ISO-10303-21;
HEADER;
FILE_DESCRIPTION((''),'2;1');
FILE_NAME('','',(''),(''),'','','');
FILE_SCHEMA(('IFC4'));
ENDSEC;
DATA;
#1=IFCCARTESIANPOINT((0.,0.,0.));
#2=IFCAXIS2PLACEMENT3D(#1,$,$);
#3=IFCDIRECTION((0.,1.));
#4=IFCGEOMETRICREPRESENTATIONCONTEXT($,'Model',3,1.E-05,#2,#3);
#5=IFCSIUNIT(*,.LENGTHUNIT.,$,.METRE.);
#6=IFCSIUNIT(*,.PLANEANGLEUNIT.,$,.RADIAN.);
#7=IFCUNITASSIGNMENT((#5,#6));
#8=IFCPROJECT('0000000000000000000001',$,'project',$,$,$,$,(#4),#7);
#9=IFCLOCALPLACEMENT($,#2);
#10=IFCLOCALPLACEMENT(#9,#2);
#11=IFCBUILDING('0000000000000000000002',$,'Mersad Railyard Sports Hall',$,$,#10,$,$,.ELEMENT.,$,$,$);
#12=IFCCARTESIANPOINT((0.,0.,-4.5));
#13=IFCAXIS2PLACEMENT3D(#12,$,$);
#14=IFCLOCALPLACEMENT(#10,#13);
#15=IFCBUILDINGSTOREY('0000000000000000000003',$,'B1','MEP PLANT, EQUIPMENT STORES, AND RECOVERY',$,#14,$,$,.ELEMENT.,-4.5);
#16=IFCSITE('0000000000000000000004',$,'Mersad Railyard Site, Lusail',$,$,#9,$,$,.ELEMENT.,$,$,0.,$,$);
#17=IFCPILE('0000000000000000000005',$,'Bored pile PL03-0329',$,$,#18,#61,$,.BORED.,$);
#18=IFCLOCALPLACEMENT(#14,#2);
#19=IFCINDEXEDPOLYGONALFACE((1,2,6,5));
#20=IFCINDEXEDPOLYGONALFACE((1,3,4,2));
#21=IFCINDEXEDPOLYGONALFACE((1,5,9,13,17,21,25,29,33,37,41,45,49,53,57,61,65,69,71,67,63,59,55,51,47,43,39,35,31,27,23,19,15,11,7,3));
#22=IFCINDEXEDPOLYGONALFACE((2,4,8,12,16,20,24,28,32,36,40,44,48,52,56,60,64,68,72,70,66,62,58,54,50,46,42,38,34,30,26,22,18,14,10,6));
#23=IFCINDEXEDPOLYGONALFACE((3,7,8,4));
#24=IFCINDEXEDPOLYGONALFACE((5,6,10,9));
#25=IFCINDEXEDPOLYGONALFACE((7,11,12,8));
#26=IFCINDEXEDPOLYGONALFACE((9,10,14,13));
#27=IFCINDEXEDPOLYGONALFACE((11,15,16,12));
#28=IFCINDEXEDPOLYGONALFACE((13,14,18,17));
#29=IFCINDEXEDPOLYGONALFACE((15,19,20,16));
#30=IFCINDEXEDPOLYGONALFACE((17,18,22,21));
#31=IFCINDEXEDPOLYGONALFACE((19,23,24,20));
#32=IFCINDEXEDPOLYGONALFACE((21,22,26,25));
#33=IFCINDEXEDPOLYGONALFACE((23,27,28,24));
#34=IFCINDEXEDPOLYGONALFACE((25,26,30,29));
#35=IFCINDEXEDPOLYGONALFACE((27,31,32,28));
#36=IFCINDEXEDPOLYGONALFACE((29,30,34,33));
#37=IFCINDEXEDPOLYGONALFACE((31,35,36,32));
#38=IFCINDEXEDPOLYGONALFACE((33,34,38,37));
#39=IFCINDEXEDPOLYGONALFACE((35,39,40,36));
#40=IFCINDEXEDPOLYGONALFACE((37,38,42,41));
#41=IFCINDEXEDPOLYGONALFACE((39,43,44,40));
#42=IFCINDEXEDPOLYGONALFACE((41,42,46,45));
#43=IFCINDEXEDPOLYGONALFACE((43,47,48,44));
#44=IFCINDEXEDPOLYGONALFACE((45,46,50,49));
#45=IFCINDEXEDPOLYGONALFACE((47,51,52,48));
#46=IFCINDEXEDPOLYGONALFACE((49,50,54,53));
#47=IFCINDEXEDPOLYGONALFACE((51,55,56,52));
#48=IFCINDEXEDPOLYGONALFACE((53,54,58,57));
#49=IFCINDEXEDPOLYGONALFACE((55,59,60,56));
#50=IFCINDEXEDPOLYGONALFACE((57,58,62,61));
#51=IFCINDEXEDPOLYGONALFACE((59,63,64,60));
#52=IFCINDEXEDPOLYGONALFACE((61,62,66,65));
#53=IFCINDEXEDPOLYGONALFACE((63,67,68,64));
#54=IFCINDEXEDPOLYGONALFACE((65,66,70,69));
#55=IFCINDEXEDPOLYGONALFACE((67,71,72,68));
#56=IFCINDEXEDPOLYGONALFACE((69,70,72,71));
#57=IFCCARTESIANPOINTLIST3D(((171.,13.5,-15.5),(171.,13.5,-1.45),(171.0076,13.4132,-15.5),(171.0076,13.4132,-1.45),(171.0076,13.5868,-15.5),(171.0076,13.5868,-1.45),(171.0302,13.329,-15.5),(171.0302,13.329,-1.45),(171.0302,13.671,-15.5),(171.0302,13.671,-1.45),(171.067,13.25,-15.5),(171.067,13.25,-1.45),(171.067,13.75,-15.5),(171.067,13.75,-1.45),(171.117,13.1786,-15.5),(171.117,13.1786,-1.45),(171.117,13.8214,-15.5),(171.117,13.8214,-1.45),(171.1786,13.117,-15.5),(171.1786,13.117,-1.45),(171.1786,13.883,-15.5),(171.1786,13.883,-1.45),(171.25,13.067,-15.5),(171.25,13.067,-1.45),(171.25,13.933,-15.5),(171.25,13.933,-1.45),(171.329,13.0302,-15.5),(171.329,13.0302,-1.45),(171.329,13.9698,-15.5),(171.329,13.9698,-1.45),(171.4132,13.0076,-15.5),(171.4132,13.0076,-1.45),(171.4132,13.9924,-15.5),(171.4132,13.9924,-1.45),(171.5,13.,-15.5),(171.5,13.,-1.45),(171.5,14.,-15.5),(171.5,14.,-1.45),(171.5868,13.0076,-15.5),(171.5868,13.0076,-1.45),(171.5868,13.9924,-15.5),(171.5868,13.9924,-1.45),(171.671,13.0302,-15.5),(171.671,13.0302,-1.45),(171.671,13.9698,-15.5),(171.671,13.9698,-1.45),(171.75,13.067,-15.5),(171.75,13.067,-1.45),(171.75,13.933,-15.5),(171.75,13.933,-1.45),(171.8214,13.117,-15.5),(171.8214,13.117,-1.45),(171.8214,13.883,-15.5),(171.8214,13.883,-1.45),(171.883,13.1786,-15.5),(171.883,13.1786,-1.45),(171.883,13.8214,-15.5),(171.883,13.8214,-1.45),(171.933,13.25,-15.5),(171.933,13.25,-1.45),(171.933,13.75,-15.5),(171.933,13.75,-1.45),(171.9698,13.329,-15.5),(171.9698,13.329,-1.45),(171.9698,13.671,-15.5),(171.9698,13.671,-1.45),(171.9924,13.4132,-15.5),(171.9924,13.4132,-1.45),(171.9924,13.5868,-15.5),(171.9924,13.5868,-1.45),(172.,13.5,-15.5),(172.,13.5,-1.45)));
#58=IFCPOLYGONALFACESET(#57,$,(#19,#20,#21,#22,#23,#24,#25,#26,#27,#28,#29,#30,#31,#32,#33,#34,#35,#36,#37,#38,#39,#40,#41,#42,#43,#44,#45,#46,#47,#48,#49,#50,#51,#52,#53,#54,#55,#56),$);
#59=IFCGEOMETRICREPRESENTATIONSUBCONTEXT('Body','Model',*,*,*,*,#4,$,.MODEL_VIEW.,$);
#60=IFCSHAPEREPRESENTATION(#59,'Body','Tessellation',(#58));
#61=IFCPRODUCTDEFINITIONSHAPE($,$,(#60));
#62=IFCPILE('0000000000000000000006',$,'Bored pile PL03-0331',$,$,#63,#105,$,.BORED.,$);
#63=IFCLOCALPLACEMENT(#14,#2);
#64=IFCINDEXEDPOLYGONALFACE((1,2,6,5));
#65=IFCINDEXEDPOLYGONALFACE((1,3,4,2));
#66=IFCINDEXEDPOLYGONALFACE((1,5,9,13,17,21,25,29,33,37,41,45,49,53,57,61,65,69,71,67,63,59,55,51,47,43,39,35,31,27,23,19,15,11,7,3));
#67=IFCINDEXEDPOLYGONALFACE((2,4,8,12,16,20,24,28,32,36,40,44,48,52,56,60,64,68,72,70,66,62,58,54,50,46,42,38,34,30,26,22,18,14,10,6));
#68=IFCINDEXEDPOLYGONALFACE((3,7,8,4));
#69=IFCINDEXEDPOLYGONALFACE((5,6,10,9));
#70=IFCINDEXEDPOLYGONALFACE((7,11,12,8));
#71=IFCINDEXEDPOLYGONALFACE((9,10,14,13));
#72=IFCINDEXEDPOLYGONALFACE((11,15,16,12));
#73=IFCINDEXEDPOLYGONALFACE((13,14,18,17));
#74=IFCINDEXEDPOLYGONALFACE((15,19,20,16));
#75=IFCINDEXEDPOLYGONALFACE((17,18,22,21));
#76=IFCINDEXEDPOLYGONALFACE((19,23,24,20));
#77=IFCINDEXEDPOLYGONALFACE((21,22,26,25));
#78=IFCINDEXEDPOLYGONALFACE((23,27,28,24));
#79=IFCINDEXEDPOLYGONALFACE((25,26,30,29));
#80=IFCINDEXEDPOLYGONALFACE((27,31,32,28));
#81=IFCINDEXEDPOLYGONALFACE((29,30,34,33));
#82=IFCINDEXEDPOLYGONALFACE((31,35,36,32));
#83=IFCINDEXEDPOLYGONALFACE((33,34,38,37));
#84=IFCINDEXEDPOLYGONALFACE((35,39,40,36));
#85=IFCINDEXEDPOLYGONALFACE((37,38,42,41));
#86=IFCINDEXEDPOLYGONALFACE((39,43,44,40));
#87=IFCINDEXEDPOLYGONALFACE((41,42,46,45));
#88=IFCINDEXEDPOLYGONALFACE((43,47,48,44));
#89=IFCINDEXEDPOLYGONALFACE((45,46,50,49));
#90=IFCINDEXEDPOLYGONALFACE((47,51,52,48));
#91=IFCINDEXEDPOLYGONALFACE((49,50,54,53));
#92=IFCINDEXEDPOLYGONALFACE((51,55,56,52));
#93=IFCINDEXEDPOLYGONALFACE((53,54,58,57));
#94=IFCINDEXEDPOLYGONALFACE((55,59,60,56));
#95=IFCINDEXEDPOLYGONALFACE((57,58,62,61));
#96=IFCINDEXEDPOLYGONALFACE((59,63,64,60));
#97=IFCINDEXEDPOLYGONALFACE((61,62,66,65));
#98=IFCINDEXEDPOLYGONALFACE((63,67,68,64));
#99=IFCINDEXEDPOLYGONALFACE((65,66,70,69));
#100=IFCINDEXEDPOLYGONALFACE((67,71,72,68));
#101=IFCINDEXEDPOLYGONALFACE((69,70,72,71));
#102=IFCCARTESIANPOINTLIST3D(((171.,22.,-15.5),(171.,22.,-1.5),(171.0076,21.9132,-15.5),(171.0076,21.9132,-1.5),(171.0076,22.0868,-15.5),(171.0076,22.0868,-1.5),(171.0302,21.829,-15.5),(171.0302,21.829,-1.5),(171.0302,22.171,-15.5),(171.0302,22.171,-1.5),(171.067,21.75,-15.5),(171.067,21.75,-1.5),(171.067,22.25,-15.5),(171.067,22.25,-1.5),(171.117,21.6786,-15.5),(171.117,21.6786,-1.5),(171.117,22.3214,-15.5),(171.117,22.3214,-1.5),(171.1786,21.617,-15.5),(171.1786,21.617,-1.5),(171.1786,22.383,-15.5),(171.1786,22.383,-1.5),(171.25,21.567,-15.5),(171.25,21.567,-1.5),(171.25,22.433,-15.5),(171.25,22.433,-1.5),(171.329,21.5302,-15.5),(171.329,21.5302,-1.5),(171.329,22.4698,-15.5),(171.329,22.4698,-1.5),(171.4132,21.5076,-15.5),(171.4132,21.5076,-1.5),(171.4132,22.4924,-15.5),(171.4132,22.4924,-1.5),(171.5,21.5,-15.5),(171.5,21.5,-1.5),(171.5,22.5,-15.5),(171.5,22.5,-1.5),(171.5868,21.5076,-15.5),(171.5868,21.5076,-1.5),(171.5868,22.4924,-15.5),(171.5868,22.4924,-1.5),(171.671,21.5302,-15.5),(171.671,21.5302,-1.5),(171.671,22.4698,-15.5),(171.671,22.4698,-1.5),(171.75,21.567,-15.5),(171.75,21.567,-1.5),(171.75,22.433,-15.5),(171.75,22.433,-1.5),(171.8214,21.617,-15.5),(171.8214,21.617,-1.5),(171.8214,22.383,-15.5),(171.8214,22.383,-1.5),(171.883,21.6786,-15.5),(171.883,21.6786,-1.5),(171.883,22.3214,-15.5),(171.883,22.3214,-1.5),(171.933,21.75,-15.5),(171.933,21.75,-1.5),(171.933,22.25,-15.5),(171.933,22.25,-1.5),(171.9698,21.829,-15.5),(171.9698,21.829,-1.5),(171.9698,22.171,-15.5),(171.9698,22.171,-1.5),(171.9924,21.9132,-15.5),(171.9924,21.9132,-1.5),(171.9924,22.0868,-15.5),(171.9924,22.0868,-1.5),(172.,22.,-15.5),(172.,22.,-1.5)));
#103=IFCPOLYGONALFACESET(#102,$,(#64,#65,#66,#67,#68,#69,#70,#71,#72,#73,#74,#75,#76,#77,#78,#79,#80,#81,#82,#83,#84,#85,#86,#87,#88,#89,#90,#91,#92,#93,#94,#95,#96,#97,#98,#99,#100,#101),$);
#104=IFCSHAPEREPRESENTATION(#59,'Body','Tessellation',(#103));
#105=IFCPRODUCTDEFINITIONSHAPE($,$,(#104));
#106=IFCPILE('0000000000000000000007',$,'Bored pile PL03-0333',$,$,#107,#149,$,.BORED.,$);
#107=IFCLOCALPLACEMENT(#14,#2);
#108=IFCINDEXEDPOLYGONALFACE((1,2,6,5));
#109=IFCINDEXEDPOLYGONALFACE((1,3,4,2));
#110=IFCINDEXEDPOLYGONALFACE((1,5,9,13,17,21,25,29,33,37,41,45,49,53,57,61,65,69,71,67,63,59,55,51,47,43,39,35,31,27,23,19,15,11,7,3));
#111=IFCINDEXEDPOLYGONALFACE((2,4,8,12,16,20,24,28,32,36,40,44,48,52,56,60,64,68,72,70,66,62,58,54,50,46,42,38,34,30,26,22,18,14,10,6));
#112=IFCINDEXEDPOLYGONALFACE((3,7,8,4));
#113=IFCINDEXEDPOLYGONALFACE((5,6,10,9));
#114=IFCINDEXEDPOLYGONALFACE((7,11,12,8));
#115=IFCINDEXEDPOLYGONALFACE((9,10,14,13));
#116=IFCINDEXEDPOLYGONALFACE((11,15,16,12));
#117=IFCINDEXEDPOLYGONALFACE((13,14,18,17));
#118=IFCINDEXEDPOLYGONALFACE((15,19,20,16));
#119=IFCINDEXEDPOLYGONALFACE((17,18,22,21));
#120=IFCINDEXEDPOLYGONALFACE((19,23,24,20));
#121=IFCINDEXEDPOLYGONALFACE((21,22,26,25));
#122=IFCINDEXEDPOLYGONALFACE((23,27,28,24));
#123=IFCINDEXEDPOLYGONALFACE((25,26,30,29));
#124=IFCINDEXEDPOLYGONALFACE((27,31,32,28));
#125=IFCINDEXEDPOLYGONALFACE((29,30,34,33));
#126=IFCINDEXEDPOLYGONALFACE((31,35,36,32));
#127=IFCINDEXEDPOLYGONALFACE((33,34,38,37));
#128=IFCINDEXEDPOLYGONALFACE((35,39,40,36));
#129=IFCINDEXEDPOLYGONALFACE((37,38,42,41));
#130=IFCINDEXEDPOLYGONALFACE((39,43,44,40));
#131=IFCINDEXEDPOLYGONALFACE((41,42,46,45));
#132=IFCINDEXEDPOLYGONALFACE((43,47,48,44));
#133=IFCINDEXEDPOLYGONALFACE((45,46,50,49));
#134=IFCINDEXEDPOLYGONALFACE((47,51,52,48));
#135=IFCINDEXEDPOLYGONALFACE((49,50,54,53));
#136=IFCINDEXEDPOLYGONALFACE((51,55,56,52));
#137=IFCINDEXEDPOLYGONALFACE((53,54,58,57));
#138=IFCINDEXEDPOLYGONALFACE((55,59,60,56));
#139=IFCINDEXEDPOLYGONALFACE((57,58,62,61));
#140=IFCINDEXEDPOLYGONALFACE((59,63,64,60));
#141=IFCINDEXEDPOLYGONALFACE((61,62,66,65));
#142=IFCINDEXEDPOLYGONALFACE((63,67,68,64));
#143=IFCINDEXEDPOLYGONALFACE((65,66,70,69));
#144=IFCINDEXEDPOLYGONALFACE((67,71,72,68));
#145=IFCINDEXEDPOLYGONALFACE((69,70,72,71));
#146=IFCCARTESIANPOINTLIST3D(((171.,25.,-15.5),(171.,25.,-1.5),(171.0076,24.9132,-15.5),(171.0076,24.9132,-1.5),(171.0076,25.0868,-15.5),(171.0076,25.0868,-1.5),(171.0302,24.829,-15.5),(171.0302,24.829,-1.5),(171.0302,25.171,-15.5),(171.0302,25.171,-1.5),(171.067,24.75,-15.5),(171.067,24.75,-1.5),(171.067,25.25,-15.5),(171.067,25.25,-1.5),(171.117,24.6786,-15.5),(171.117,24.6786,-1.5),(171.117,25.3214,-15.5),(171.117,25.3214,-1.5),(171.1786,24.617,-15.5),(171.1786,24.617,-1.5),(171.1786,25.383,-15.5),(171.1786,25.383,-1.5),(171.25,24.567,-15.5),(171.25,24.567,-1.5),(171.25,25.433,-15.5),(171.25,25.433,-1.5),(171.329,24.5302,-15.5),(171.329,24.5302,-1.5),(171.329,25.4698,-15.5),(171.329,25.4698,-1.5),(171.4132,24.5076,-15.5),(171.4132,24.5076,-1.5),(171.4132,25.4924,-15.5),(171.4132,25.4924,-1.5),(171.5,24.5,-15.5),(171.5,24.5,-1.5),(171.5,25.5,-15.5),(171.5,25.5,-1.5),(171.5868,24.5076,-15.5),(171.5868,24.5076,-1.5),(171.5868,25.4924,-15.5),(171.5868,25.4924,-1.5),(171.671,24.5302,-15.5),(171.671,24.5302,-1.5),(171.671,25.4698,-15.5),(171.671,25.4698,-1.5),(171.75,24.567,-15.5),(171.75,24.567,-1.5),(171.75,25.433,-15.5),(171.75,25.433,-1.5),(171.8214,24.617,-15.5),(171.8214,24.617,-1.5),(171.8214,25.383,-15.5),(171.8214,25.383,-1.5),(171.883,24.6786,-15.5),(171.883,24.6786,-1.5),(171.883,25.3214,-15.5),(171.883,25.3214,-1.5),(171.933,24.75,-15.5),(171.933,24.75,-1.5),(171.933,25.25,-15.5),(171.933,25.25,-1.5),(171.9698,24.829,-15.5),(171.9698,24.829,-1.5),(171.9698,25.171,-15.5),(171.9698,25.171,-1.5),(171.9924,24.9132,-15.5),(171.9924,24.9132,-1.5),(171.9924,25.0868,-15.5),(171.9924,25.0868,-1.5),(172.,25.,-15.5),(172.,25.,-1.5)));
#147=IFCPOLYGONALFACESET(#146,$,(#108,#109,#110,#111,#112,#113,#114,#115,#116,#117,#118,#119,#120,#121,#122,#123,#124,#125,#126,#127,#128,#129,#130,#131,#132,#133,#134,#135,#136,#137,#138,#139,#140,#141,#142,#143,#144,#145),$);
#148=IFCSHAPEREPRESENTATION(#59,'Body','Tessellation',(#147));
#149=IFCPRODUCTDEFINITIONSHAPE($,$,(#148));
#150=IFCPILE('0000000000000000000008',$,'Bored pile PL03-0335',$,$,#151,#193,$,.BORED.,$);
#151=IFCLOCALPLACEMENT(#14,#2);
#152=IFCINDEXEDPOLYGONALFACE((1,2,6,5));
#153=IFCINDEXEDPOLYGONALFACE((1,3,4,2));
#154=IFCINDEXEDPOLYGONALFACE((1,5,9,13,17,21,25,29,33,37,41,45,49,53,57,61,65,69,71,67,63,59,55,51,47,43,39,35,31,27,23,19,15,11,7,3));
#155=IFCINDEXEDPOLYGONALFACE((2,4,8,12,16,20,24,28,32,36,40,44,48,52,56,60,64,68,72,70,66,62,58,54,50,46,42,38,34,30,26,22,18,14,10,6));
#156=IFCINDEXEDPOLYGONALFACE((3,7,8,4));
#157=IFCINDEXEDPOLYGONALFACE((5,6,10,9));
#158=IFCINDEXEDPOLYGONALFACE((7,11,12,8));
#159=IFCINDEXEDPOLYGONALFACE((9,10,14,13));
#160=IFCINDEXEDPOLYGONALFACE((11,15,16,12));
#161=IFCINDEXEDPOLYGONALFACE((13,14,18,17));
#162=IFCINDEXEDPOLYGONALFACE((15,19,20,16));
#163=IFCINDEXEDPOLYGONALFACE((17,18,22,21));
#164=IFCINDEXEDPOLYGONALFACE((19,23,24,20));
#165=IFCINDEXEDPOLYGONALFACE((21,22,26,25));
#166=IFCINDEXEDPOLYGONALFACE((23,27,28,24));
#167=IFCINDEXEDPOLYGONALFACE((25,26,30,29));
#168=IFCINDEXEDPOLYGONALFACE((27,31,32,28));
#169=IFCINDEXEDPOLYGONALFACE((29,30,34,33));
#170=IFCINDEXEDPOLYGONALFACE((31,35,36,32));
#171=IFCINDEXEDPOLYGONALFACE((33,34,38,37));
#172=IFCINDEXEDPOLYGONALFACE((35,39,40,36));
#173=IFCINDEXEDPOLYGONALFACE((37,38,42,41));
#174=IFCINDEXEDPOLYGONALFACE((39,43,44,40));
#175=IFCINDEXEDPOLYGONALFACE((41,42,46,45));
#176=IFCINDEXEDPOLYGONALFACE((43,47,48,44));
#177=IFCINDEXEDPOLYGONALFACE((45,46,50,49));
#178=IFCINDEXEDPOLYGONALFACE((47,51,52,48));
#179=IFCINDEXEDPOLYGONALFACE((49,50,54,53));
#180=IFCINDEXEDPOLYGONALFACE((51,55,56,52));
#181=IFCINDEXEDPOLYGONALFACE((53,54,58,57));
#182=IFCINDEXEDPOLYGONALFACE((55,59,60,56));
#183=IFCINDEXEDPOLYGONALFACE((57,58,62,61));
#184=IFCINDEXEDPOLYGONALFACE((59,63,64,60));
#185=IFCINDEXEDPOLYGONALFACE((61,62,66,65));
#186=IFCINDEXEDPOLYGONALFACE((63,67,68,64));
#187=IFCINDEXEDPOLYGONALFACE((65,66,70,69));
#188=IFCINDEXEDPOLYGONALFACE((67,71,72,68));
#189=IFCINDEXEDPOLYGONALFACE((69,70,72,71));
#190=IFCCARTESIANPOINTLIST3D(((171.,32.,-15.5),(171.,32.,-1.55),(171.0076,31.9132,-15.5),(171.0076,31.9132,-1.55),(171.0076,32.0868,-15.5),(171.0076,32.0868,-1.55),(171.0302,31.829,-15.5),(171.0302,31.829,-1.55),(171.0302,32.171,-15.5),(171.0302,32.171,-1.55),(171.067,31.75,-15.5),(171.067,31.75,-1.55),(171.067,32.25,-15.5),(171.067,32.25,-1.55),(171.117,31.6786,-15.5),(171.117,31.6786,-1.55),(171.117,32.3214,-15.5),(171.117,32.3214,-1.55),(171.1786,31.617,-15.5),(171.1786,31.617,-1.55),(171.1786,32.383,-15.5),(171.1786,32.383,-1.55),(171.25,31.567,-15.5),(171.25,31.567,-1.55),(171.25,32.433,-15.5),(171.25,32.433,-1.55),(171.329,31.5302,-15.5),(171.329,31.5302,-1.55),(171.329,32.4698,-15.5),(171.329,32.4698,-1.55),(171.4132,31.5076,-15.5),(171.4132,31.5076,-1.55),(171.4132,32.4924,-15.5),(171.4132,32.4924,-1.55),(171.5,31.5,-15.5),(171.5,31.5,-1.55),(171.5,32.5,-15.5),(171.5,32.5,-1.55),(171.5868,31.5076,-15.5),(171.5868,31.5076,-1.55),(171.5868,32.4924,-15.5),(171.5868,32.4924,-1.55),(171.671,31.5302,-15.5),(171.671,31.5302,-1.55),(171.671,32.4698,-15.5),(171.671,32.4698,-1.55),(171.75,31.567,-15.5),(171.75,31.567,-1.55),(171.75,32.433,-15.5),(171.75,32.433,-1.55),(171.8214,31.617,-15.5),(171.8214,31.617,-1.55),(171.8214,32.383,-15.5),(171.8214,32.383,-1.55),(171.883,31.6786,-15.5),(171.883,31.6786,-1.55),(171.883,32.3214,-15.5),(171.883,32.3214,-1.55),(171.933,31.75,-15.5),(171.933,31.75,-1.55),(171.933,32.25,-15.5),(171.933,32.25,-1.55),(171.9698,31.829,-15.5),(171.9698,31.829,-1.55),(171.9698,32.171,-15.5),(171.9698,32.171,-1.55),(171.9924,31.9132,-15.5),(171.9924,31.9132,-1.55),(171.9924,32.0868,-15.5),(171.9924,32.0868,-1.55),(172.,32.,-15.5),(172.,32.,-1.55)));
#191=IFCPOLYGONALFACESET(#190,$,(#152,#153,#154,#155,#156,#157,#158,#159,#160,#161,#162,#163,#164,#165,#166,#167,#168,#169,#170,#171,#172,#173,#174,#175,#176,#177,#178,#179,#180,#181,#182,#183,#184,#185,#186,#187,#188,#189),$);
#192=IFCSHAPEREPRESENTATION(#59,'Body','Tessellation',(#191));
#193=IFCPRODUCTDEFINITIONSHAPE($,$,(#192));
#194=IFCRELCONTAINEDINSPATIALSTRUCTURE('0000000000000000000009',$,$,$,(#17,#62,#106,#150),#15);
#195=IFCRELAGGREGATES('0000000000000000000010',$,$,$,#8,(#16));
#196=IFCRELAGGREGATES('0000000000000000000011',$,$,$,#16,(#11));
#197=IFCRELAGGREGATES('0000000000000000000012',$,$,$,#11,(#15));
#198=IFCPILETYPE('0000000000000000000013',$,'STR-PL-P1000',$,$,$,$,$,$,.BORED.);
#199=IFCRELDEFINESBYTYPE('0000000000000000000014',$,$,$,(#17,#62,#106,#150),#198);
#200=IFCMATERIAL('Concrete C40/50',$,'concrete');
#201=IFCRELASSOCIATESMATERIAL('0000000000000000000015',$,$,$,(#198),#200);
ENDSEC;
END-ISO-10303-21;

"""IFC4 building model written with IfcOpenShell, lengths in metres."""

from ifc_helpers import new_model, si_unit, direction, frame, origin, origin_2d, place, context, subcontext, project, spatial, circle, extrude, material, material_profile, profile_set, type_object, element, save


model = new_model("IFC4")

# Units and contexts
model_context = context("Model", 3, precision=1e-05, world=origin(), true_north=direction((0.0, 1.0)))
body_context = subcontext(model_context, "Body", "Model", "MODEL_VIEW")
ifc_project = project(units=[si_unit("LENGTHUNIT", "METRE"), si_unit("PLANEANGLEUNIT", "RADIAN")], contexts=[model_context])

# Site, building, storey
site_placement = place(None, origin())
site = spatial("IfcSite", under=ifc_project, at=site_placement, Name="Mersad Railyard Site, Lusail", CompositionType="ELEMENT", RefElevation=0.0)
building_placement = place(site_placement, origin())
building = spatial("IfcBuilding", under=site, at=building_placement, Name="Mersad Railyard Sports Hall", CompositionType="ELEMENT")
storey_placement = place(building_placement, frame((0.0, 0.0, -4.5)))
storey = spatial("IfcBuildingStorey", under=building, at=storey_placement, Name="B1", Description="MEP PLANT, EQUIPMENT STORES, AND RECOVERY", CompositionType="ELEMENT", Elevation=-4.5)

# Shared definitions
ifc_material_1 = material(Name="Concrete C40/50", Category="concrete")

# Piles
ifc_material_profile_1 = material_profile(ifc_material_1, circle(Radius=0.5, at=origin_2d()), Name="BORED PILE D1000")
ifc_profile_set_1 = profile_set([ifc_material_profile_1], Name="Concrete C40/50")
pile_type = type_object("IfcPileType", Name="STR-PL-P1000", PredefinedType="BORED", material=ifc_profile_set_1)
pile_1_placement = place(storey_placement, frame((171.5, 13.5, -1.45), z_axis=(0.0, 0.0, -1.0), x_axis=(1.0, 0.0, 0.0)))
element("IfcPile", 1, at=pile_1_placement, inside=storey, type_object=pile_type, Name="Bored pile PL03-0329", PredefinedType="BORED", context=body_context, shape_type="SweptSolid", body=[
    extrude(circle(Radius=0.5, at=origin_2d()), origin(), (0.0, 0.0, 1.0), 14.05),
])
for number, where, z_axis, x_axis, name in (
    (2, (171.5, 22.0, -1.5), (0.0, 0.0, -1.0), (1.0, 0.0, 0.0), "Bored pile PL03-0331"),
    (3, (171.5, 25.0, -1.5), (0.0, 0.0, -1.0), (1.0, 0.0, 0.0), "Bored pile PL03-0333"),
):
    element("IfcPile", number, at=place(storey_placement, frame(where, z_axis=z_axis, x_axis=x_axis)), inside=storey, type_object=pile_type, Name=name, PredefinedType="BORED", context=body_context, shape_type="SweptSolid", body=[
        extrude(circle(Radius=0.5, at=origin_2d()), origin(), (0.0, 0.0, 1.0), 14.0),
    ])
for number, where, z_axis, x_axis, name in (
    (4, (171.5, 32.0, -1.55), (0.0, 0.0, -1.0), (1.0, 0.0, 0.0), "Bored pile PL03-0335"),
):
    element("IfcPile", number, at=place(storey_placement, frame(where, z_axis=z_axis, x_axis=x_axis)), inside=storey, type_object=pile_type, Name=name, PredefinedType="BORED", context=body_context, shape_type="SweptSolid", body=[
        extrude(circle(Radius=0.5, at=origin_2d()), origin(), (0.0, 0.0, 1.0), 13.95),
    ])

save(model, "model.ifc")
